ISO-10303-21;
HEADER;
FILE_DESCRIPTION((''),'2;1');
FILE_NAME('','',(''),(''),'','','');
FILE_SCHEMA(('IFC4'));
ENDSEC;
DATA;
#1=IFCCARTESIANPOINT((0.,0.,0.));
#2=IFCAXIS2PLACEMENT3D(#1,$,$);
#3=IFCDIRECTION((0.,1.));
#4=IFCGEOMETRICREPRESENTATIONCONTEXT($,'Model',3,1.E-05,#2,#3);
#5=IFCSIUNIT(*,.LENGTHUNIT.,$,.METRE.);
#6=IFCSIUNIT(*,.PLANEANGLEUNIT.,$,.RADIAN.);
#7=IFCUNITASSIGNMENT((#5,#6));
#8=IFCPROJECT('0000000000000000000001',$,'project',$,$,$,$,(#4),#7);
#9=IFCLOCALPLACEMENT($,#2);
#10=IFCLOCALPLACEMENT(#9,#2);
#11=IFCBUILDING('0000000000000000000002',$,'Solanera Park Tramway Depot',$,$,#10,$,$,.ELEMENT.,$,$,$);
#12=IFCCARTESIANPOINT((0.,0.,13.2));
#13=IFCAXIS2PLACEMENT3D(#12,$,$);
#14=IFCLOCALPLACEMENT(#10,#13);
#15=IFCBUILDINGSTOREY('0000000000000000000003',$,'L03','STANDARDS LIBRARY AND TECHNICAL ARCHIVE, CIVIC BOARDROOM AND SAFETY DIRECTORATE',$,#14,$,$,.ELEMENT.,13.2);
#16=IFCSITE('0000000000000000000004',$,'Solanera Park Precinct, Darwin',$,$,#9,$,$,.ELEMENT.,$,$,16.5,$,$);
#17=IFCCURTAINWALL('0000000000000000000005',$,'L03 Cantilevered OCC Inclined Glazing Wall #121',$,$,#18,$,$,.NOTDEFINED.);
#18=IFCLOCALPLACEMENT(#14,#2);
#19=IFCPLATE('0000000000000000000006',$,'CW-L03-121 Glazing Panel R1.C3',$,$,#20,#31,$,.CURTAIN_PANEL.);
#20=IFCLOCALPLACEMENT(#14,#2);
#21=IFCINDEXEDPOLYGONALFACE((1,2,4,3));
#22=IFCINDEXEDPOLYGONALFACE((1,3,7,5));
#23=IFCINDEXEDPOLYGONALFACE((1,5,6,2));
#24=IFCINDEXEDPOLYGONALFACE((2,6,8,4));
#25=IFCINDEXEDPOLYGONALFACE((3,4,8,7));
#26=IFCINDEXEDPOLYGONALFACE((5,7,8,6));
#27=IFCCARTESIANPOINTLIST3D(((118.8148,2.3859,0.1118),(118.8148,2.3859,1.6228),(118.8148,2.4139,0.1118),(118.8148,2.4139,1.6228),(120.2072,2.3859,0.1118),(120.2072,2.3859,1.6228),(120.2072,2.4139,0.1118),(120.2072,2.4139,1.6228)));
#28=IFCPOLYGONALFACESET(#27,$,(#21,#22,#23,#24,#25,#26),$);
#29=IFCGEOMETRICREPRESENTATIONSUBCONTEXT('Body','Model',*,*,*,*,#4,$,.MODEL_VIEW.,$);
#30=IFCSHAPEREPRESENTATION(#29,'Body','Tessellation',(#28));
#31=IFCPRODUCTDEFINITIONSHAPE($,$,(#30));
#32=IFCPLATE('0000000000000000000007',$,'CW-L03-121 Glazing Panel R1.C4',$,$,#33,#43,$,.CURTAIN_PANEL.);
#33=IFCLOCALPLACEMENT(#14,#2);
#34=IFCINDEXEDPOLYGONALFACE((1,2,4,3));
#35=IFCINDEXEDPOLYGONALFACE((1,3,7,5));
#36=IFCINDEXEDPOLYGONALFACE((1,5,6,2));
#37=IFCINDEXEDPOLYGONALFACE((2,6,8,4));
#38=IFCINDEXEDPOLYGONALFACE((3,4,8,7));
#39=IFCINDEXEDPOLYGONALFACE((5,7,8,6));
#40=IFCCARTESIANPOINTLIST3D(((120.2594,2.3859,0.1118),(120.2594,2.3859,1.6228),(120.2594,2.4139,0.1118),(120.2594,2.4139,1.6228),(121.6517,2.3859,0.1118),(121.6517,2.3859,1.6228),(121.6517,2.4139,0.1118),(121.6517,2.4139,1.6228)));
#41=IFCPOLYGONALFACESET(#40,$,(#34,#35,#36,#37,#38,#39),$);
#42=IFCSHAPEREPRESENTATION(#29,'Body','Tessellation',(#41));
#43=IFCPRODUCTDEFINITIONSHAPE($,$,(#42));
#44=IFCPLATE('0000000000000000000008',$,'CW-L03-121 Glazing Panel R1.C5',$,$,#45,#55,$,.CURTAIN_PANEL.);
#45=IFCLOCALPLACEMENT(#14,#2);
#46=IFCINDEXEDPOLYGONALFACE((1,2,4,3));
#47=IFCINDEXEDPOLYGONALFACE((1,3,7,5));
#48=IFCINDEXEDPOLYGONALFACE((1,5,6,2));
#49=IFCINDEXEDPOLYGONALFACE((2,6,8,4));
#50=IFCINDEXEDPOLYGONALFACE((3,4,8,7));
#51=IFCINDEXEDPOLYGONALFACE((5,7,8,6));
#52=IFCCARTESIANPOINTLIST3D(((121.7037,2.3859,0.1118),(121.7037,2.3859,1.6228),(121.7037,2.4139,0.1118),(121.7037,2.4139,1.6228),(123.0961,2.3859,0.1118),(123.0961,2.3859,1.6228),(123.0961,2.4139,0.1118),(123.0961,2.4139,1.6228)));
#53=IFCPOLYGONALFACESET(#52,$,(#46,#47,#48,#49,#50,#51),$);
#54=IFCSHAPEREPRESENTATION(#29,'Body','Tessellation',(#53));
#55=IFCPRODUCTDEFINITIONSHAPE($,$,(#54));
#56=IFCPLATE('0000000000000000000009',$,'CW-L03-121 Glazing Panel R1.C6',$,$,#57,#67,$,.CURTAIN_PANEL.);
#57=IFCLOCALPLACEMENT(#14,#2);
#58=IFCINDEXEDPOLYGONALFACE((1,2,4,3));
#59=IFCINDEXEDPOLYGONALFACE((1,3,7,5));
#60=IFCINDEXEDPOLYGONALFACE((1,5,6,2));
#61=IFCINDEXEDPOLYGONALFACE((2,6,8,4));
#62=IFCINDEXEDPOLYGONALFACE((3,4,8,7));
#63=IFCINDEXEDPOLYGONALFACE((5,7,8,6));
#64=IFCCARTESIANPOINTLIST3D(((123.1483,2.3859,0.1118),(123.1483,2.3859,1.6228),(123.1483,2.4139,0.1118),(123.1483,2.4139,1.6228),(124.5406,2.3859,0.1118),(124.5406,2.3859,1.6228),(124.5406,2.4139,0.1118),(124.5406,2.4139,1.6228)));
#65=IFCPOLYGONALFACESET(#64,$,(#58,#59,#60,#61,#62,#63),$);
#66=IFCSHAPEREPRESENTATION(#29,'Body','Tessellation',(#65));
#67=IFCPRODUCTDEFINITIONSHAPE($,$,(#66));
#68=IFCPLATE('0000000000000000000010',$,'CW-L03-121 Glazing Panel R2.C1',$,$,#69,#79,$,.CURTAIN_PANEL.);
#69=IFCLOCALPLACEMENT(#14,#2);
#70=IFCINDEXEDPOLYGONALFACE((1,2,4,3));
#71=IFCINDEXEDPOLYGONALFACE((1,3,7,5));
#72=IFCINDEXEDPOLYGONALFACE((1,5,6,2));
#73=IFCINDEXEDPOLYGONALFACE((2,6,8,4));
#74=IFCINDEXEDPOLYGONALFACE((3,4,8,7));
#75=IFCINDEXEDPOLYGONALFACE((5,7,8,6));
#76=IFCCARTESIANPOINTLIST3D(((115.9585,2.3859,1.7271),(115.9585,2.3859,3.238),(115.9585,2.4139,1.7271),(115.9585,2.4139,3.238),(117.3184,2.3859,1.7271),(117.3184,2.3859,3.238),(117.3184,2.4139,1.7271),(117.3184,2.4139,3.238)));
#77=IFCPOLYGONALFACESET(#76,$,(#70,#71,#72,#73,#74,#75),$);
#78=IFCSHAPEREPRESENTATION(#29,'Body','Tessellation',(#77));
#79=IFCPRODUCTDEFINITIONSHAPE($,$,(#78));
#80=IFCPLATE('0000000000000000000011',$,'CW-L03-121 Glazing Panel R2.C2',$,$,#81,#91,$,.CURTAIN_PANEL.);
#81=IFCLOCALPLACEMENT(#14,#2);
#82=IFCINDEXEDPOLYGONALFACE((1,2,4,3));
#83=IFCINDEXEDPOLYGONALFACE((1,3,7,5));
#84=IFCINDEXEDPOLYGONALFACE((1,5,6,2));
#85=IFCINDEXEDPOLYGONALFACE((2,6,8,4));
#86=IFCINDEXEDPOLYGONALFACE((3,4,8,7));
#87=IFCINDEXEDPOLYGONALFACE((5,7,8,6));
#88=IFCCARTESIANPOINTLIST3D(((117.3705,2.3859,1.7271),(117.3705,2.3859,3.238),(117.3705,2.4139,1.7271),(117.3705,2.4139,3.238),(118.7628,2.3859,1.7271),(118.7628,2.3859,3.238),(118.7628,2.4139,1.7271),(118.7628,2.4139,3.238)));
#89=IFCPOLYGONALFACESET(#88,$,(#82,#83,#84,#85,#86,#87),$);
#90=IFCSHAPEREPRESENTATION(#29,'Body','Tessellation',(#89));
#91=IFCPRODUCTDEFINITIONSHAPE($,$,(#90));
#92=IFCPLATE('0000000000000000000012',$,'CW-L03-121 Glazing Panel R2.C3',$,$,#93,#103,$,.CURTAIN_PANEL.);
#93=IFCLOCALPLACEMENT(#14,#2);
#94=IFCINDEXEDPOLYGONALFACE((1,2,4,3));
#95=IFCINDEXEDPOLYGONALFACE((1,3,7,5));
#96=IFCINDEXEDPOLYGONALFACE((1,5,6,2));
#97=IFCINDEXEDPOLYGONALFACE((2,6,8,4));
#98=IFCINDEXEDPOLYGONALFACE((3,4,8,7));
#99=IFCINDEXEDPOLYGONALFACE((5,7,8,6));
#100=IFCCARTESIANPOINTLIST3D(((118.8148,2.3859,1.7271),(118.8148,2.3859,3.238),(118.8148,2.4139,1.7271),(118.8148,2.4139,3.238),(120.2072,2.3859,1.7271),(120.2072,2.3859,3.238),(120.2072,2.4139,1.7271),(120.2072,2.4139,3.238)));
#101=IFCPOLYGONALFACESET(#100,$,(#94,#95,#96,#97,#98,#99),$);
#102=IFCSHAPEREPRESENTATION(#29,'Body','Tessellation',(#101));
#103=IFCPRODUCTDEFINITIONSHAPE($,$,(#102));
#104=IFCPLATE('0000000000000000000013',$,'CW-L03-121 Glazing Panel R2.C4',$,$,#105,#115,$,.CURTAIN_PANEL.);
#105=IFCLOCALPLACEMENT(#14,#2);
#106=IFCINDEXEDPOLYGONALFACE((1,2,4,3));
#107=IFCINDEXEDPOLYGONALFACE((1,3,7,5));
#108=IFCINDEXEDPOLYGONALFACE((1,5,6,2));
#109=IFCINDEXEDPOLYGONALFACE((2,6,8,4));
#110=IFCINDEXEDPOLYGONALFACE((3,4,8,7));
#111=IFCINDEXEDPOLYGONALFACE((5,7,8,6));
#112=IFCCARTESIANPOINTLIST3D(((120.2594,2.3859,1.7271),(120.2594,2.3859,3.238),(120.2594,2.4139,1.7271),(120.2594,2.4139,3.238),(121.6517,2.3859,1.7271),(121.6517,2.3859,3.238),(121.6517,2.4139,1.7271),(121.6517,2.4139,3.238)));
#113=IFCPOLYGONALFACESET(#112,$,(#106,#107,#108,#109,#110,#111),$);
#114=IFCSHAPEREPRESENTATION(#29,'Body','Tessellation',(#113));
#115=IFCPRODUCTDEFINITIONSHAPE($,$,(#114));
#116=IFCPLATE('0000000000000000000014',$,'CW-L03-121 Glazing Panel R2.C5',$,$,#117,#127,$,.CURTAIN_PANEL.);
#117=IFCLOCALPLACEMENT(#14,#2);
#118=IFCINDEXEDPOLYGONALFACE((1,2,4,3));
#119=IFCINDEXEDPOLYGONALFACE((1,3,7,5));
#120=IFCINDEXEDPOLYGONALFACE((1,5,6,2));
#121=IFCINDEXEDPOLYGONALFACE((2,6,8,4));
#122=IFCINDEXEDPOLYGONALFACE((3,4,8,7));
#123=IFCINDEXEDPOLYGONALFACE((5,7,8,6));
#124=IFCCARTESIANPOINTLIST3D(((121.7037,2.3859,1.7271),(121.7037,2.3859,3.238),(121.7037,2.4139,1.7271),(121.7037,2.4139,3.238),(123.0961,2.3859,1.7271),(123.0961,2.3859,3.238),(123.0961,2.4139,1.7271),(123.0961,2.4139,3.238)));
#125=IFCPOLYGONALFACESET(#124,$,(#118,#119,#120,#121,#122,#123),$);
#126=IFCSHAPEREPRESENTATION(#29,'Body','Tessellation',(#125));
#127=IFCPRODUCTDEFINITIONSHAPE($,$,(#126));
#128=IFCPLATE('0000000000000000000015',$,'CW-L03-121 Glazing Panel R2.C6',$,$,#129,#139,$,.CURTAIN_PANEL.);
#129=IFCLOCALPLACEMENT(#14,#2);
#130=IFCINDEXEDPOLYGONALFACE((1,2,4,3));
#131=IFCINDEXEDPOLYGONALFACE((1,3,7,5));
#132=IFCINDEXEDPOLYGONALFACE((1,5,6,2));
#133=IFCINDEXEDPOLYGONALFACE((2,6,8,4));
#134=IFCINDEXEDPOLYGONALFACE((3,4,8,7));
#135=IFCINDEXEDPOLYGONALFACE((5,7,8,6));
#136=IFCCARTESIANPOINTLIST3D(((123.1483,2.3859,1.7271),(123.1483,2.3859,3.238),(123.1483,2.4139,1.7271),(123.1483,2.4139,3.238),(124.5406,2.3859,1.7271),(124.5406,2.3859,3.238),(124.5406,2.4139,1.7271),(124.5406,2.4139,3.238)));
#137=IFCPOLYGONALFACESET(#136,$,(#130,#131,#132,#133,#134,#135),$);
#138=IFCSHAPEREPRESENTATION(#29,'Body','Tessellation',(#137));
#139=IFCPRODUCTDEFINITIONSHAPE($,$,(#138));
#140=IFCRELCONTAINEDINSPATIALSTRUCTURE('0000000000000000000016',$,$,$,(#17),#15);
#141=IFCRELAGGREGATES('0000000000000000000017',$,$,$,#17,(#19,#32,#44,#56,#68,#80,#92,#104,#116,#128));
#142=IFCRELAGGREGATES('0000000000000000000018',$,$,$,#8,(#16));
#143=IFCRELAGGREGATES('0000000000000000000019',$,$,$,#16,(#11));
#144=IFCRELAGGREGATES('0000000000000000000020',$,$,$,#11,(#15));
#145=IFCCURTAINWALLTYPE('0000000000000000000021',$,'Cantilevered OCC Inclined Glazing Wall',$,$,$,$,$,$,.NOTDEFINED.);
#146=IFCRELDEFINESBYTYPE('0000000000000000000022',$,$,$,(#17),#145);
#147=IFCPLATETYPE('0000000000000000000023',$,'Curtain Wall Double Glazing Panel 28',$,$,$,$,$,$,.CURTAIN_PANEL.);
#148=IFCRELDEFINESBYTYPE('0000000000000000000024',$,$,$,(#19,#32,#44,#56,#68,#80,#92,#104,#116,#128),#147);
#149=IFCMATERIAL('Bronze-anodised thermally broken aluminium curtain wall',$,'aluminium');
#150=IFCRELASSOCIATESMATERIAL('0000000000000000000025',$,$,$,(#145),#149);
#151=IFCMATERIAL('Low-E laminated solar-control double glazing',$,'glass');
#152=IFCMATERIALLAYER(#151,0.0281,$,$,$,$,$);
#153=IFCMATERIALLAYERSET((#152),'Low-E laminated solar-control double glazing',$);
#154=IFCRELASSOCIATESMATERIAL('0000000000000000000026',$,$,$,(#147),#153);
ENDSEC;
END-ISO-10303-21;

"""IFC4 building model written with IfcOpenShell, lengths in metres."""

from ifc_helpers import new_model, si_unit, direction, frame, origin, origin_2d, place, context, subcontext, project, spatial, rectangle, extrude, material, layer, layer_set, type_object, element, aggregate, save


model = new_model("IFC4")

# Units and contexts
model_context = context("Model", 3, precision=1e-05, world=origin(), true_north=direction((0.0, 1.0)))
body_context = subcontext(model_context, "Body", "Model", "MODEL_VIEW")
ifc_project = project(units=[si_unit("LENGTHUNIT", "METRE"), si_unit("PLANEANGLEUNIT", "RADIAN")], contexts=[model_context])

# Site, building, storey
site_placement = place(None, origin())
site = spatial("IfcSite", under=ifc_project, at=site_placement, Name="Solanera Park Precinct, Darwin", CompositionType="ELEMENT", RefElevation=16.5)
building_placement = place(site_placement, origin())
building = spatial("IfcBuilding", under=site, at=building_placement, Name="Solanera Park Tramway Depot", CompositionType="ELEMENT")
storey_placement = place(building_placement, frame((0.0, 0.0, 13.2)))
storey = spatial("IfcBuildingStorey", under=building, at=storey_placement, Name="L03", Description="STANDARDS LIBRARY AND TECHNICAL ARCHIVE, CIVIC BOARDROOM AND SAFETY DIRECTORATE", CompositionType="ELEMENT", Elevation=13.2)

# Curtain wall, plates
ifc_material_1 = material(Name="Bronze-anodised thermally broken aluminium curtain wall", Category="aluminium")
curtain_wall_type = type_object("IfcCurtainWallType", Name="Cantilevered OCC Inclined Glazing Wall", PredefinedType="NOTDEFINED", material=ifc_material_1)
curtain_wall_placement = place(storey_placement, origin())
curtain_wall = element("IfcCurtainWall", 1, at=curtain_wall_placement, inside=storey, type_object=curtain_wall_type, Name="L03 Cantilevered OCC Inclined Glazing Wall #121", PredefinedType="NOTDEFINED")
ifc_material_2 = material(Name="Low-E laminated solar-control double glazing", Category="glass")
ifc_layer = layer(ifc_material_2, 0.0281)
ifc_layer_set = layer_set([ifc_layer], Name="Low-E laminated solar-control double glazing")
plate_type = type_object("IfcPlateType", Name="Curtain Wall Double Glazing Panel 28", PredefinedType="CURTAIN_PANEL", material=ifc_layer_set)
plate_1_placement = place(storey_placement, frame((119.511, 2.3999, 0.1118), z_axis=(0.0, 0.0, 1.0), x_axis=(1.0, 0.0, 0.0)))
plate_1 = element("IfcPlate", 2, at=plate_1_placement, type_object=plate_type, Name="CW-L03-121 Glazing Panel R1.C3", PredefinedType="CURTAIN_PANEL", context=body_context, shape_type="SweptSolid", body=[
    extrude(rectangle(XDim=1.3923, YDim=0.0281, at=origin_2d()), origin(), (0.0, 0.0, 1.0), 1.511),
])
plate_2_placement = place(storey_placement, frame((120.9556, 2.3999, 0.1118), z_axis=(0.0, 0.0, 1.0), x_axis=(1.0, 0.0, 0.0)))
plate_2 = element("IfcPlate", 3, at=plate_2_placement, type_object=plate_type, Name="CW-L03-121 Glazing Panel R1.C4", PredefinedType="CURTAIN_PANEL", context=body_context, shape_type="SweptSolid", body=[
    extrude(rectangle(XDim=1.3923, YDim=0.0281, at=origin_2d()), origin(), (0.0, 0.0, 1.0), 1.511),
])
plate_3_placement = place(storey_placement, frame((122.3999, 2.3999, 0.1118), z_axis=(0.0, 0.0, 1.0), x_axis=(1.0, 0.0, 0.0)))
plate_3 = element("IfcPlate", 4, at=plate_3_placement, type_object=plate_type, Name="CW-L03-121 Glazing Panel R1.C5", PredefinedType="CURTAIN_PANEL", context=body_context, shape_type="SweptSolid", body=[
    extrude(rectangle(XDim=1.3923, YDim=0.0281, at=origin_2d()), origin(), (0.0, 0.0, 1.0), 1.511),
])
plate_4_placement = place(storey_placement, frame((123.8445, 2.3999, 0.1118), z_axis=(0.0, 0.0, 1.0), x_axis=(1.0, 0.0, 0.0)))
plate_4 = element("IfcPlate", 5, at=plate_4_placement, type_object=plate_type, Name="CW-L03-121 Glazing Panel R1.C6", PredefinedType="CURTAIN_PANEL", context=body_context, shape_type="SweptSolid", body=[
    extrude(rectangle(XDim=1.3923, YDim=0.0281, at=origin_2d()), origin(), (0.0, 0.0, 1.0), 1.511),
])
plate_5_placement = place(storey_placement, frame((116.6384, 2.3999, 1.7271), z_axis=(0.0, 0.0, 1.0), x_axis=(1.0, 0.0, 0.0)))
plate_5 = element("IfcPlate", 6, at=plate_5_placement, type_object=plate_type, Name="CW-L03-121 Glazing Panel R2.C1", PredefinedType="CURTAIN_PANEL", context=body_context, shape_type="SweptSolid", body=[
    extrude(rectangle(XDim=1.3599, YDim=0.0281, at=origin_2d()), origin(), (0.0, 0.0, 1.0), 1.511),
])
plate_6_placement = place(storey_placement, frame((118.0667, 2.3999, 1.7271), z_axis=(0.0, 0.0, 1.0), x_axis=(1.0, 0.0, 0.0)))
plate_6 = element("IfcPlate", 7, at=plate_6_placement, type_object=plate_type, Name="CW-L03-121 Glazing Panel R2.C2", PredefinedType="CURTAIN_PANEL", context=body_context, shape_type="SweptSolid", body=[
    extrude(rectangle(XDim=1.3923, YDim=0.0281, at=origin_2d()), origin(), (0.0, 0.0, 1.0), 1.511),
])
plate_7_placement = place(storey_placement, frame((119.511, 2.3999, 1.7271), z_axis=(0.0, 0.0, 1.0), x_axis=(1.0, 0.0, 0.0)))
plate_7 = element("IfcPlate", 8, at=plate_7_placement, type_object=plate_type, Name="CW-L03-121 Glazing Panel R2.C3", PredefinedType="CURTAIN_PANEL", context=body_context, shape_type="SweptSolid", body=[
    extrude(rectangle(XDim=1.3923, YDim=0.0281, at=origin_2d()), origin(), (0.0, 0.0, 1.0), 1.511),
])
plate_8_placement = place(storey_placement, frame((120.9556, 2.3999, 1.7271), z_axis=(0.0, 0.0, 1.0), x_axis=(1.0, 0.0, 0.0)))
plate_8 = element("IfcPlate", 9, at=plate_8_placement, type_object=plate_type, Name="CW-L03-121 Glazing Panel R2.C4", PredefinedType="CURTAIN_PANEL", context=body_context, shape_type="SweptSolid", body=[
    extrude(rectangle(XDim=1.3923, YDim=0.0281, at=origin_2d()), origin(), (0.0, 0.0, 1.0), 1.511),
])
plate_9_placement = place(storey_placement, frame((122.3999, 2.3999, 1.7271), z_axis=(0.0, 0.0, 1.0), x_axis=(1.0, 0.0, 0.0)))
plate_9 = element("IfcPlate", 10, at=plate_9_placement, type_object=plate_type, Name="CW-L03-121 Glazing Panel R2.C5", PredefinedType="CURTAIN_PANEL", context=body_context, shape_type="SweptSolid", body=[
    extrude(rectangle(XDim=1.3923, YDim=0.0281, at=origin_2d()), origin(), (0.0, 0.0, 1.0), 1.511),
])
plate_10_placement = place(storey_placement, frame((123.8445, 2.3999, 1.7271), z_axis=(0.0, 0.0, 1.0), x_axis=(1.0, 0.0, 0.0)))
plate_10 = element("IfcPlate", 11, at=plate_10_placement, type_object=plate_type, Name="CW-L03-121 Glazing Panel R2.C6", PredefinedType="CURTAIN_PANEL", context=body_context, shape_type="SweptSolid", body=[
    extrude(rectangle(XDim=1.3923, YDim=0.0281, at=origin_2d()), origin(), (0.0, 0.0, 1.0), 1.511),
])
aggregate(curtain_wall, [plate_1, plate_2, plate_3, plate_4, plate_5, plate_6, plate_7, plate_8, plate_9, plate_10])

save(model, "model.ifc")
